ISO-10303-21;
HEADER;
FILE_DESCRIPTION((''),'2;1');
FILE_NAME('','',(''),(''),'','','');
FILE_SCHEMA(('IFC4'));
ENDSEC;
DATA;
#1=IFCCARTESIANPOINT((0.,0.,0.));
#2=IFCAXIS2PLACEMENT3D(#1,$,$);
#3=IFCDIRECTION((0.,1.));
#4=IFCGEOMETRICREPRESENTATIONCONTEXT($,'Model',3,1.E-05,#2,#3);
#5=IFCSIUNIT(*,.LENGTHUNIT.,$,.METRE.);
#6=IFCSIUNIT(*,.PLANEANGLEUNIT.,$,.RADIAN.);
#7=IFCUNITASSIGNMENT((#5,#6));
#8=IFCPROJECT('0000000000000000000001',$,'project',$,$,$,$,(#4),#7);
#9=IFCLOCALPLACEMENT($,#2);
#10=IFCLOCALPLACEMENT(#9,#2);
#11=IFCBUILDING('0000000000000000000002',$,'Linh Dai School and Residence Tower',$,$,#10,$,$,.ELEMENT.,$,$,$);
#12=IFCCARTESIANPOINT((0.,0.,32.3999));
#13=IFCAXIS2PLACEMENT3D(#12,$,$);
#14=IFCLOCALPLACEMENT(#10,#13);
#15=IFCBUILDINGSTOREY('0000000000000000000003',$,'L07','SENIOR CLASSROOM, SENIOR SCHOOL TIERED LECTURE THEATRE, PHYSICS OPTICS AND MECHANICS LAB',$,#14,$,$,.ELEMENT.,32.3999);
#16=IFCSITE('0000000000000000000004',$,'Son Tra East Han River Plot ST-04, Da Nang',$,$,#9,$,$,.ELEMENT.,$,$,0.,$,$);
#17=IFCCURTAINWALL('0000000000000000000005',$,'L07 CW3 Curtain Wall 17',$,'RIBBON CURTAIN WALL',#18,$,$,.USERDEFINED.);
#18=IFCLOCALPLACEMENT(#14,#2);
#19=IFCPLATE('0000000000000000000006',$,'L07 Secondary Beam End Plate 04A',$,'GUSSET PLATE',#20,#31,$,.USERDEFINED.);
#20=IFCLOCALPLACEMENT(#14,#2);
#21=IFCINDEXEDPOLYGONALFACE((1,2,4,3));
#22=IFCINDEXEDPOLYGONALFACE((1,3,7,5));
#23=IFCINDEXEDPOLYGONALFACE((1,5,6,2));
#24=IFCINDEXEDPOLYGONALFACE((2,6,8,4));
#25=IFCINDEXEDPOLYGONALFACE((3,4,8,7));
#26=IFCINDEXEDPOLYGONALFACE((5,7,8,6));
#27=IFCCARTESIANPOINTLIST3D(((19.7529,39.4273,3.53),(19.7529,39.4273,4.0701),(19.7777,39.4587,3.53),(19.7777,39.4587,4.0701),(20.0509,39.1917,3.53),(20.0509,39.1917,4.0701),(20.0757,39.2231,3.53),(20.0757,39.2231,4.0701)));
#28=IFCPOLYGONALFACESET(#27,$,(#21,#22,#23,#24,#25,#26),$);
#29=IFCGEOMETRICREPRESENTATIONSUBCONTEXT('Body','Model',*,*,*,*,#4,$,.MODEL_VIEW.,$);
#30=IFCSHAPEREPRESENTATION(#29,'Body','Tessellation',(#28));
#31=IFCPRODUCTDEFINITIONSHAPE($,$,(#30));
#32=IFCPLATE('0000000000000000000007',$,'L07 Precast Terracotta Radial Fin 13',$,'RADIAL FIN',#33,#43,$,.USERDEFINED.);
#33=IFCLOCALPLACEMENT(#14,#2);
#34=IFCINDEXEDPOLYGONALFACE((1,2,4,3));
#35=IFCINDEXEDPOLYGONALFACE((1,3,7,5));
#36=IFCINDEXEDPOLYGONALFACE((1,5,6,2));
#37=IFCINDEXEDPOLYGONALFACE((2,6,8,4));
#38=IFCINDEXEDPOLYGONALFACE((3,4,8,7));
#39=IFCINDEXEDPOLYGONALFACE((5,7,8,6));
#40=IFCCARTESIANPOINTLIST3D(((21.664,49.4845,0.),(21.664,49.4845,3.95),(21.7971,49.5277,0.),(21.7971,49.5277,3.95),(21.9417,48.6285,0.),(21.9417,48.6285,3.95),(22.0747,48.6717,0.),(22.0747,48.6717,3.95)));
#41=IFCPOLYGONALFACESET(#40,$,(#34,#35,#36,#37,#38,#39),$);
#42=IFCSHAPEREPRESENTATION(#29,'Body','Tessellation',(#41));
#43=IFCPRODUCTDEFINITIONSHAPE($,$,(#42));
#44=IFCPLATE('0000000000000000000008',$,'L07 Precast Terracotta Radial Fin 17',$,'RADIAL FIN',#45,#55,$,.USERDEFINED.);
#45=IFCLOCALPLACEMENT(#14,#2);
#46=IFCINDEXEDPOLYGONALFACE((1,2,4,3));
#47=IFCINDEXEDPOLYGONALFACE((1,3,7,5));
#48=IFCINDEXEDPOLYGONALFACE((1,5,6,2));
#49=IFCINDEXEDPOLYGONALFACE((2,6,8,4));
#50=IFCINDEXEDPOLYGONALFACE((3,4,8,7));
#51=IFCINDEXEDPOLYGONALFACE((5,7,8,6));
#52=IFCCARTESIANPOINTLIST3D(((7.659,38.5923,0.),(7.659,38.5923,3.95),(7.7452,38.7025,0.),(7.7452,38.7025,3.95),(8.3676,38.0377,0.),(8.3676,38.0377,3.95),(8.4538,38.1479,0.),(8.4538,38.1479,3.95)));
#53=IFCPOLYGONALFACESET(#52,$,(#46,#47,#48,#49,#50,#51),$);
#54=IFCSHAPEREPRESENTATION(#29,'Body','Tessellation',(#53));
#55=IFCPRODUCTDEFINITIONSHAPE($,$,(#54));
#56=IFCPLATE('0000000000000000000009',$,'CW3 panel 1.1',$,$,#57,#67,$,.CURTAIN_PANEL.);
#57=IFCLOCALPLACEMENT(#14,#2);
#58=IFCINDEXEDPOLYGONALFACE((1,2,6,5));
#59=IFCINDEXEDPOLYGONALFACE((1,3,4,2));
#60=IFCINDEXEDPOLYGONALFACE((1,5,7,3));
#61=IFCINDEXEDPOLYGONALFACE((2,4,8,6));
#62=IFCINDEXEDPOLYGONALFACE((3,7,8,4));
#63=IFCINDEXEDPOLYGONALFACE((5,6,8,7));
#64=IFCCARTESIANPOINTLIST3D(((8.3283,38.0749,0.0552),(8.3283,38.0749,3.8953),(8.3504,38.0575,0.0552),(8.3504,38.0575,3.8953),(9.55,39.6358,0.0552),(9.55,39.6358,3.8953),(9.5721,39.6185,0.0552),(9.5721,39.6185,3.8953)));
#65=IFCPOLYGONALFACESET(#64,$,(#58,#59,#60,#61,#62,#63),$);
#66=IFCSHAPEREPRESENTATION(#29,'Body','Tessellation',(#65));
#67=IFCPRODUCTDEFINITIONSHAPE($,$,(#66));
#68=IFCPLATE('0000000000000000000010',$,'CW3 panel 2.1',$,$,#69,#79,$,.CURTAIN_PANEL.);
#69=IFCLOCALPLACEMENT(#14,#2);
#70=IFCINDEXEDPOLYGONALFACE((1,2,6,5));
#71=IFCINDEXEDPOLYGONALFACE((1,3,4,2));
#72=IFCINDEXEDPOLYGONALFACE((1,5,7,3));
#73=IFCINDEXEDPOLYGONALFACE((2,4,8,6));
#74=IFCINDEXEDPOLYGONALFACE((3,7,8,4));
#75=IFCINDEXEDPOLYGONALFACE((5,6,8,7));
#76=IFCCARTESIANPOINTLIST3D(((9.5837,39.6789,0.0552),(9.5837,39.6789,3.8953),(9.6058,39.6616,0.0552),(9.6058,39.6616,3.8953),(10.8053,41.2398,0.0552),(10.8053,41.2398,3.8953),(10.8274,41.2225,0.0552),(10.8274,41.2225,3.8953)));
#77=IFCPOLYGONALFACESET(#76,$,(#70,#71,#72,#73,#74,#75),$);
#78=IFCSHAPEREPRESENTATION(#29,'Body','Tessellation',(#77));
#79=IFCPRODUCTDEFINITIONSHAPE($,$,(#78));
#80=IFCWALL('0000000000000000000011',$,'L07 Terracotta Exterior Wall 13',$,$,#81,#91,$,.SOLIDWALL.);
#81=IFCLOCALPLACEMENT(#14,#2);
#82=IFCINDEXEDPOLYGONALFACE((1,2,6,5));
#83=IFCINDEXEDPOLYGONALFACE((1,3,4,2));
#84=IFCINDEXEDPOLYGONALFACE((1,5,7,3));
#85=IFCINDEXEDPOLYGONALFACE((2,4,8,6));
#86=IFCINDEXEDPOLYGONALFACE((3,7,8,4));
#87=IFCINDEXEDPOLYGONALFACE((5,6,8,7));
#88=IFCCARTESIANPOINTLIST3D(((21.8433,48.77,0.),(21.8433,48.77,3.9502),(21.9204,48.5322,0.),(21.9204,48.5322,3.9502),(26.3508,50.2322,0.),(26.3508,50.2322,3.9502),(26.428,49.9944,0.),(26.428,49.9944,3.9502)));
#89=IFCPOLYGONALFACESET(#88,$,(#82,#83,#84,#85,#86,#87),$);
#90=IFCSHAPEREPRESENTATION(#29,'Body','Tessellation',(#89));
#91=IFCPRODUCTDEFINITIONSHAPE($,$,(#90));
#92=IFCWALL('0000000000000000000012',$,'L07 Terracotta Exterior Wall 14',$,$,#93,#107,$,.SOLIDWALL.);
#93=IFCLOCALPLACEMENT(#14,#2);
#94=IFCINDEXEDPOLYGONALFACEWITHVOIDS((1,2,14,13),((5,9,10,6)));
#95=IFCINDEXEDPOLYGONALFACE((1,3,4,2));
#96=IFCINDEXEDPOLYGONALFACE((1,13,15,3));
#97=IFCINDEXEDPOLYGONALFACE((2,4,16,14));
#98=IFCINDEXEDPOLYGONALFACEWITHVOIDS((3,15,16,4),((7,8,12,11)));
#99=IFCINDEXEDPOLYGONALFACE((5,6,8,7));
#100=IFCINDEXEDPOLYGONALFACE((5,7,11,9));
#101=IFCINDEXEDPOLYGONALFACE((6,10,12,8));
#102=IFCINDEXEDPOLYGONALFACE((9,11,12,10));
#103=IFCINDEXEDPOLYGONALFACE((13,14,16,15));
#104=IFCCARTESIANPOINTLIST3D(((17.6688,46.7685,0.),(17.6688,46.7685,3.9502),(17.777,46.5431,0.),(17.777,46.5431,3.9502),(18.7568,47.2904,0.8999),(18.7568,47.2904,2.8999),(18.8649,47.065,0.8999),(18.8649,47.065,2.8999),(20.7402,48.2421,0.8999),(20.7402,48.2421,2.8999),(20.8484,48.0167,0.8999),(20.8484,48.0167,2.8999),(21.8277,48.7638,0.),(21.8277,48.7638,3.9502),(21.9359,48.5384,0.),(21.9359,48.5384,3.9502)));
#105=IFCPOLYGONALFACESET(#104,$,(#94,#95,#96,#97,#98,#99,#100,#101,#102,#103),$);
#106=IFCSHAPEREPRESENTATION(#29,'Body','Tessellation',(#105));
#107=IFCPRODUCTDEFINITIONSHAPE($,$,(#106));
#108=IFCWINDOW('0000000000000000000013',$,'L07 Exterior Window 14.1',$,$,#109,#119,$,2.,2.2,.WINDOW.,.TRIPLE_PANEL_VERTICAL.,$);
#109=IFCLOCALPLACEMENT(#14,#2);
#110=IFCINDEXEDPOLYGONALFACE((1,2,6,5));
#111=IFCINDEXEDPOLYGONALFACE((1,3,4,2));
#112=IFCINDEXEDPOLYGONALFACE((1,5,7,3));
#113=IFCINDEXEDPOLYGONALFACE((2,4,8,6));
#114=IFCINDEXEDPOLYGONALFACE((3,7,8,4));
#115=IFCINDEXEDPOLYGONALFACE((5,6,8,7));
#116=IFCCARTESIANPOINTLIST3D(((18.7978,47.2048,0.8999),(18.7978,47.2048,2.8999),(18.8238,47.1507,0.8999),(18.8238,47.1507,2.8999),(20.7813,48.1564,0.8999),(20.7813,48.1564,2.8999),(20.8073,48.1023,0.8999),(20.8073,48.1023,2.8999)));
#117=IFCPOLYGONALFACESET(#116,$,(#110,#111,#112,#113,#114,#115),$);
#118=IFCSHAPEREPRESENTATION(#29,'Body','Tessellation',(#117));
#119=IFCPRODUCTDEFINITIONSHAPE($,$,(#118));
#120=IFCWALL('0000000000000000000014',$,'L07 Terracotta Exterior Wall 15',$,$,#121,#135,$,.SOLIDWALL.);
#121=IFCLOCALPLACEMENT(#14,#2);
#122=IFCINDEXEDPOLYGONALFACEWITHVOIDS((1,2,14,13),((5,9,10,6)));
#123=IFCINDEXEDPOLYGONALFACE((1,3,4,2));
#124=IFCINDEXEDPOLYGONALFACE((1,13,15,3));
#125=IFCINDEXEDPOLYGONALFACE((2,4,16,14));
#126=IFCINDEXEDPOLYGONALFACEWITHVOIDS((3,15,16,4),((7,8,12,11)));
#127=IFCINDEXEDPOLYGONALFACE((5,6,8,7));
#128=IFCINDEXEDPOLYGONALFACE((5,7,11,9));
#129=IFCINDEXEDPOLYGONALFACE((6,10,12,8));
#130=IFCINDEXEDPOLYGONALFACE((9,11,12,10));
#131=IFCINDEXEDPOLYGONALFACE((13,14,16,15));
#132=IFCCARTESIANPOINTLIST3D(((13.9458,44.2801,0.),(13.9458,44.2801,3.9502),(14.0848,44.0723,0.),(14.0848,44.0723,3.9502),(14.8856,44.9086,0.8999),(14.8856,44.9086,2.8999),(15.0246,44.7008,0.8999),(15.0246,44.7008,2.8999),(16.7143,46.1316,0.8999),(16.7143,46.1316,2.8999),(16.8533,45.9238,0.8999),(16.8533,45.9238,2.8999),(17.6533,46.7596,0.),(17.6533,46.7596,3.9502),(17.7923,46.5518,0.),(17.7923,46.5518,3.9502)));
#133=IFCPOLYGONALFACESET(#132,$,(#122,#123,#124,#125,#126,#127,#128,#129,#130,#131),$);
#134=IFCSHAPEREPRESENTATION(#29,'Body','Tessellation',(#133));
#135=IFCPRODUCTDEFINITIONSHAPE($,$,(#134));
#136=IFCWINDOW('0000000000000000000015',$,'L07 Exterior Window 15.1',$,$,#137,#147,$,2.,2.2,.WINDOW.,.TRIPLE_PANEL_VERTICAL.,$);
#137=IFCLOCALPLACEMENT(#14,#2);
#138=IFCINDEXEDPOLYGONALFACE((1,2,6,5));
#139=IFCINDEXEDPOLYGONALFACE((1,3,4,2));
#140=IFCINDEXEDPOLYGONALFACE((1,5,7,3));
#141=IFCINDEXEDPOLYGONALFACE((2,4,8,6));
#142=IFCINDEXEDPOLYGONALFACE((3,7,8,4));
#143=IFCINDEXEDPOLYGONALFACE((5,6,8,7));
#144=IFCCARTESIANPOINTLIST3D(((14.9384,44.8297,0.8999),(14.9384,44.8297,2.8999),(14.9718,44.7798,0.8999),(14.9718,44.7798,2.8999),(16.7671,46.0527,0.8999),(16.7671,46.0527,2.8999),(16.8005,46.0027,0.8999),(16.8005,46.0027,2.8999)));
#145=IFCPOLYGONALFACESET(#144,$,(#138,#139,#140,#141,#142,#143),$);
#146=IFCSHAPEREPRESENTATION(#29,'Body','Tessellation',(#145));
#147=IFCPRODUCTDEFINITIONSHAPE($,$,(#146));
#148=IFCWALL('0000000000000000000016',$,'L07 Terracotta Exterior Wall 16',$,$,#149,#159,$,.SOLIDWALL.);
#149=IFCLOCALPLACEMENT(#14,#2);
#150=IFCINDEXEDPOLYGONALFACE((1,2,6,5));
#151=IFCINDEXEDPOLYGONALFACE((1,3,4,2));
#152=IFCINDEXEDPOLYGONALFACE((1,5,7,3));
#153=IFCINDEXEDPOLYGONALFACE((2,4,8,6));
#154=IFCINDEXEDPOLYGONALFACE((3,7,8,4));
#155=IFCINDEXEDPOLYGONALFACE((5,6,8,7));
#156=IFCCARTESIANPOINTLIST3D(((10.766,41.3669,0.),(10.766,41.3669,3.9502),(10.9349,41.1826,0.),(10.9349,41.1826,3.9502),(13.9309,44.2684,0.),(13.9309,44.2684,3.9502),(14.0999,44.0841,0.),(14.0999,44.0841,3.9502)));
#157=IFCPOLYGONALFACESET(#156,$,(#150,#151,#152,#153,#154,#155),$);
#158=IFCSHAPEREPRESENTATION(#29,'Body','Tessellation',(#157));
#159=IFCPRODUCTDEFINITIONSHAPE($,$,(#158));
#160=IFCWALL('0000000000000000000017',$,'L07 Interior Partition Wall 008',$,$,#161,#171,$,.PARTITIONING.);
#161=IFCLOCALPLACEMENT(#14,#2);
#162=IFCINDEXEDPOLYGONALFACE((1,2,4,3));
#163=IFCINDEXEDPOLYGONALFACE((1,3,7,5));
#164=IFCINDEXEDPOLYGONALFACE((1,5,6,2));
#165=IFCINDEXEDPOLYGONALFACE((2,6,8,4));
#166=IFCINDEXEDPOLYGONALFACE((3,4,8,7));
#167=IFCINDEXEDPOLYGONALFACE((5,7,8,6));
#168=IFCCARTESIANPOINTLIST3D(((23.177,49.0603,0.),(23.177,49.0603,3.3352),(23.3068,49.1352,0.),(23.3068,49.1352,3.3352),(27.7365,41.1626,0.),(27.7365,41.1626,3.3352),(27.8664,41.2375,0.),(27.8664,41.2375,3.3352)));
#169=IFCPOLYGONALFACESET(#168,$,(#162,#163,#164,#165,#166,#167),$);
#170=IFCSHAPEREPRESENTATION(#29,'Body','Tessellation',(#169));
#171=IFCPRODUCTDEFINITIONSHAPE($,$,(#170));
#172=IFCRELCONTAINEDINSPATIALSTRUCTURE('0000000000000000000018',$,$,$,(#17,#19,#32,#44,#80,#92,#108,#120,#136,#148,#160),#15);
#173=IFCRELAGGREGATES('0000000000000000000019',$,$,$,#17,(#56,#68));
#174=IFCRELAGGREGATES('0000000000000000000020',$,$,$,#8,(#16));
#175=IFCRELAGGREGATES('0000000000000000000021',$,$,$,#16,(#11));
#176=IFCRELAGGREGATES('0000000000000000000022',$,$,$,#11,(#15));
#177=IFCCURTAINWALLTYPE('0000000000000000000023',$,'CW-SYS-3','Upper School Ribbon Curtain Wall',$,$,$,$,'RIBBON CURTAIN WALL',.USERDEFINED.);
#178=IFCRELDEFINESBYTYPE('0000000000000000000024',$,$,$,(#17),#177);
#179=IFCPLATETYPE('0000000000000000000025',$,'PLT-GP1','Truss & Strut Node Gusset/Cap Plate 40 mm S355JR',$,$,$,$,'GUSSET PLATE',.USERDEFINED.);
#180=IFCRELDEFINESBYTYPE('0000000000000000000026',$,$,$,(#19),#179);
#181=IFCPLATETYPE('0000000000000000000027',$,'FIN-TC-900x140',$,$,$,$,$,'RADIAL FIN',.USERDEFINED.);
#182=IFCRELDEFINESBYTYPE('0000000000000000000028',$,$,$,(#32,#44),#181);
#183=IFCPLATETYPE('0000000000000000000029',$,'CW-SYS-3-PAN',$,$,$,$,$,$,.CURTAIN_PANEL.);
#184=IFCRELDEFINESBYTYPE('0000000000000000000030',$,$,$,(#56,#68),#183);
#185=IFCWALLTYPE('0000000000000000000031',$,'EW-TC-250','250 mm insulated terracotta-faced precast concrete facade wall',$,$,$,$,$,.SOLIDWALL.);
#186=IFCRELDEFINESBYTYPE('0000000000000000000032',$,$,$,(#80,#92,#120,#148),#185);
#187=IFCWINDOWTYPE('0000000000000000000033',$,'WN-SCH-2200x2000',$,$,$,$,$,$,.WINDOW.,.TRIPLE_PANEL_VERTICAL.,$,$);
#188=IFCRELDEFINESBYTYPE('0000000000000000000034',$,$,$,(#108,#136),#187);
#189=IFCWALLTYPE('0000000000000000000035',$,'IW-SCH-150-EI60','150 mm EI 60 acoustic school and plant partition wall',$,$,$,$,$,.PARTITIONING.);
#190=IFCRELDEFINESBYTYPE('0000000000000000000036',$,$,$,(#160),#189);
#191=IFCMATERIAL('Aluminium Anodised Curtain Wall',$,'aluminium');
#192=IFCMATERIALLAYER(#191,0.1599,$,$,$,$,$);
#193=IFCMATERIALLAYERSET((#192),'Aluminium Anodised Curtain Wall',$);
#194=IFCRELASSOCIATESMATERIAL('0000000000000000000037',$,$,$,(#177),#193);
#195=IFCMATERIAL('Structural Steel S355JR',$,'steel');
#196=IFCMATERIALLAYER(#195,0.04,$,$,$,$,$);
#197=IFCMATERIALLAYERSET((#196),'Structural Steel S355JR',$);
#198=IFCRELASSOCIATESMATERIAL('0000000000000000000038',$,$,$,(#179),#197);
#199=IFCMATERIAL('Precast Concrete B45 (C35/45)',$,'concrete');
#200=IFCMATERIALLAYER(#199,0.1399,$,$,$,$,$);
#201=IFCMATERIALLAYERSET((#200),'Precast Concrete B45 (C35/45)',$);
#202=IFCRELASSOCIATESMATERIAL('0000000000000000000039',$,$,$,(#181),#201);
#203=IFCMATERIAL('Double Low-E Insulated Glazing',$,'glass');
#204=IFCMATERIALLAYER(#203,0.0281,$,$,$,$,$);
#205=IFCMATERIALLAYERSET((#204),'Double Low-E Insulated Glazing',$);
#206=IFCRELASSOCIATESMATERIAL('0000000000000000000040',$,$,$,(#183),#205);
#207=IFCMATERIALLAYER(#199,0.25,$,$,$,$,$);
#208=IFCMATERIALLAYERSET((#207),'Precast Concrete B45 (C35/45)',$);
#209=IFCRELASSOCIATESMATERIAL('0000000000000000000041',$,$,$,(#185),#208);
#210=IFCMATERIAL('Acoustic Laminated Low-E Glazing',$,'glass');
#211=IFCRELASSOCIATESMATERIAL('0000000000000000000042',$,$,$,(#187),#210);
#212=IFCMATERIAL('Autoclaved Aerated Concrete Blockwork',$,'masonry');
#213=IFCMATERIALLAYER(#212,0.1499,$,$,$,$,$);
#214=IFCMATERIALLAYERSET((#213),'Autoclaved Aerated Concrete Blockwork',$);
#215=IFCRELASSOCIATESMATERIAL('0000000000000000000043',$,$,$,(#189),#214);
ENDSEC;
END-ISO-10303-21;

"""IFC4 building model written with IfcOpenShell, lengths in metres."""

from ifc_helpers import new_model, si_unit, direction, frame, frame_2d, origin, origin_2d, place, context, subcontext, project, spatial, rectangle, extrude, source, transform, mapped, material, layer, layer_set, type_object, element, fill, aggregate, save


model = new_model("IFC4")

# Units and contexts
model_context = context("Model", 3, precision=1e-05, world=origin(), true_north=direction((0.0, 1.0)))
body_context = subcontext(model_context, "Body", "Model", "MODEL_VIEW")
ifc_project = project(units=[si_unit("LENGTHUNIT", "METRE"), si_unit("PLANEANGLEUNIT", "RADIAN")], contexts=[model_context])

# Site, building, storey
site_placement = place(None, origin())
site = spatial("IfcSite", under=ifc_project, at=site_placement, Name="Son Tra East Han River Plot ST-04, Da Nang", CompositionType="ELEMENT", RefElevation=0.0)
building_placement = place(site_placement, origin())
building = spatial("IfcBuilding", under=site, at=building_placement, Name="Linh Dai School and Residence Tower", CompositionType="ELEMENT")
storey_placement = place(building_placement, frame((0.0, 0.0, 32.3999)))
storey = spatial("IfcBuildingStorey", under=building, at=storey_placement, Name="L07", Description="SENIOR CLASSROOM, SENIOR SCHOOL TIERED LECTURE THEATRE, PHYSICS OPTICS AND MECHANICS LAB", CompositionType="ELEMENT", Elevation=32.3999)

# Shared definitions
ifc_material_1 = material(Name="Structural Steel S355JR", Category="steel")

# Curtain wall
ifc_material_2 = material(Name="Aluminium Anodised Curtain Wall", Category="aluminium")
ifc_layer_1 = layer(ifc_material_2, 0.1599)
ifc_layer_set_1 = layer_set([ifc_layer_1], Name="Aluminium Anodised Curtain Wall")
curtain_wall_type = type_object("IfcCurtainWallType", Name="CW-SYS-3", Description="Upper School Ribbon Curtain Wall", ElementType="RIBBON CURTAIN WALL", PredefinedType="USERDEFINED", material=ifc_layer_set_1)
curtain_wall_placement = place(storey_placement, origin())
curtain_wall = element("IfcCurtainWall", 1, at=curtain_wall_placement, inside=storey, type_object=curtain_wall_type, Name="L07 CW3 Curtain Wall 17", ObjectType="RIBBON CURTAIN WALL", PredefinedType="USERDEFINED")

# Plates
ifc_layer_2 = layer(ifc_material_1, 0.04)
ifc_layer_set_2 = layer_set([ifc_layer_2], Name="Structural Steel S355JR")
plate_type_1 = type_object("IfcPlateType", Name="PLT-GP1", Description="Truss & Strut Node Gusset/Cap Plate 40 mm S355JR", ElementType="GUSSET PLATE", PredefinedType="USERDEFINED", material=ifc_layer_set_2)
shared_shape_1 = source(origin(), body_context, "Body", "SweptSolid", [
    extrude(rectangle(XDim=0.04, YDim=0.3799, at=origin_2d()), origin(), (0.0, 0.0, 1.0), 0.54),
])
plate_1_placement = place(storey_placement, frame((19.9143, 39.3252, 3.53), z_axis=(0.0, 0.0, 1.0), x_axis=(-0.620178, -0.784461, 0.0)))
element("IfcPlate", 2, at=plate_1_placement, inside=storey, type_object=plate_type_1, Name="L07 Secondary Beam End Plate 04A", ObjectType="GUSSET PLATE", PredefinedType="USERDEFINED", context=body_context, shape_type="MappedRepresentation", body=[
    mapped(shared_shape_1, transform((0.0, 0.0, 0.0), x_axis=(1.0, 0.0, 0.0), y_axis=(0.0, 1.0, 0.0), z_axis=(0.0, 0.0, 1.0), scale=1.0)),
])
ifc_material_3 = material(Name="Precast Concrete B45 (C35/45)", Category="concrete")
ifc_layer_3 = layer(ifc_material_3, 0.1399)
ifc_layer_set_3 = layer_set([ifc_layer_3], Name="Precast Concrete B45 (C35/45)")
plate_type_2 = type_object("IfcPlateType", Name="FIN-TC-900x140", ElementType="RADIAL FIN", PredefinedType="USERDEFINED", material=ifc_layer_set_3)
shared_shape_2 = source(origin(), body_context, "Body", "SweptSolid", [
    extrude(rectangle(XDim=0.8999, YDim=0.1399, at=origin_2d()), origin(), (0.0, 0.0, 1.0), 3.95),
])
for number, where, z_axis, x_axis, name in (
    (3, (21.8694, 49.0781, 0.0), (0.0, 0.0, 1.0), (-0.308511, 0.951221, 0.0), "L07 Precast Terracotta Radial Fin 13"),
    (4, (8.0564, 38.3701, 0.0), (0.0, 0.0, 1.0), (-0.787496, 0.616319, 0.0), "L07 Precast Terracotta Radial Fin 17"),
):
    element("IfcPlate", number, at=place(storey_placement, frame(where, z_axis=z_axis, x_axis=x_axis)), inside=storey, type_object=plate_type_2, Name=name, ObjectType="RADIAL FIN", PredefinedType="USERDEFINED", context=body_context, shape_type="MappedRepresentation", body=[
        mapped(shared_shape_2, transform((0.0, 0.0, 0.0), x_axis=(1.0, 0.0, 0.0), y_axis=(0.0, 1.0, 0.0), z_axis=(0.0, 0.0, 1.0), scale=1.0)),
    ])

# Plates
ifc_material_4 = material(Name="Double Low-E Insulated Glazing", Category="glass")
ifc_layer_4 = layer(ifc_material_4, 0.0281)
ifc_layer_set_4 = layer_set([ifc_layer_4], Name="Double Low-E Insulated Glazing")
plate_type_3 = type_object("IfcPlateType", Name="CW-SYS-3-PAN", PredefinedType="CURTAIN_PANEL", material=ifc_layer_set_4)
shared_shape_3 = source(origin(), body_context, "Body", "SweptSolid", [
    extrude(rectangle(XDim=1.9822, YDim=0.0281, at=origin_2d()), origin(), (0.0, 0.0, 1.0), 3.8401),
])
plate_2_placement = place(storey_placement, frame((8.9502, 38.8467, 0.0552), z_axis=(0.0, 0.0, 1.0), x_axis=(0.616319, 0.787496, 0.0)))
plate_2 = element("IfcPlate", 5, at=plate_2_placement, type_object=plate_type_3, Name="CW3 panel 1.1", PredefinedType="CURTAIN_PANEL", context=body_context, shape_type="MappedRepresentation", body=[
    mapped(shared_shape_3, transform((0.0, 0.0, 0.0), x_axis=(1.0, 0.0, 0.0), y_axis=(0.0, 1.0, 0.0), z_axis=(0.0, 0.0, 1.0), scale=1.0)),
])
plate_3_placement = place(storey_placement, frame((10.2056, 40.4507, 0.0552), z_axis=(0.0, 0.0, 1.0), x_axis=(0.616319, 0.787496, 0.0)))
plate_3 = element("IfcPlate", 6, at=plate_3_placement, type_object=plate_type_3, Name="CW3 panel 2.1", PredefinedType="CURTAIN_PANEL", context=body_context, shape_type="MappedRepresentation", body=[
    mapped(shared_shape_3, transform((0.0, 0.0, 0.0), x_axis=(1.0, 0.0, 0.0), y_axis=(0.0, 1.0, 0.0), z_axis=(0.0, 0.0, 1.0), scale=1.0)),
])
aggregate(curtain_wall, [plate_2, plate_3])

# Wall
ifc_layer_5 = layer(ifc_material_3, 0.25)
ifc_layer_set_5 = layer_set([ifc_layer_5], Name="Precast Concrete B45 (C35/45)")
wall_type_1 = type_object("IfcWallType", Name="EW-TC-250", Description="250 mm insulated terracotta-faced precast concrete facade wall", PredefinedType="SOLIDWALL", material=ifc_layer_set_5)
wall_1_placement = place(storey_placement, frame((21.8818, 48.6511, 0.0), z_axis=(0.0, 0.0, 1.0), x_axis=(0.951208, 0.308551, 0.0)))
element("IfcWall", 7, at=wall_1_placement, inside=storey, type_object=wall_type_1, Name="L07 Terracotta Exterior Wall 13", PredefinedType="SOLIDWALL", context=body_context, shape_type="SweptSolid", body=[
    extrude(rectangle(XDim=4.7388, YDim=0.25, at=frame_2d((2.3694, 0.0))), origin(), (0.0, 0.0, 1.0), 3.9502),
])

# Walls, openings, windows
wall_2_placement = place(storey_placement, frame((17.7229, 46.6558, 0.0), z_axis=(0.0, 0.0, 1.0), x_axis=(0.901602, 0.432568, 0.0)))
wall_2 = element("IfcWall", 8, at=wall_2_placement, inside=storey, type_object=wall_type_1, Name="L07 Terracotta Exterior Wall 14", PredefinedType="SOLIDWALL", context=body_context, shape_type="SweptSolid", body=[
    extrude(rectangle(XDim=4.6128, YDim=0.25, at=frame_2d((2.3064, 0.0))), origin(), (0.0, 0.0, 1.0), 3.9502),
])
opening_1_placement = place(wall_2_placement, frame((1.2065, 0.0, 0.8999)))
opening_1 = element("IfcOpeningElement", 9, at=opening_1_placement, cuts=wall_2, PredefinedType="OPENING", context=body_context, shape_type="SweptSolid", body=[
    extrude(rectangle(XDim=2.2, YDim=2.0, at=origin_2d()), frame((1.1001, 0.135, 1.0), z_axis=(0.0, -1.0, 0.0), x_axis=(1.0, 0.0, 0.0)), (0.0, 0.0, 1.0), 0.27),
])
ifc_material_5 = material(Name="Acoustic Laminated Low-E Glazing", Category="glass")
window_type = type_object("IfcWindowType", Name="WN-SCH-2200x2000", PartitioningType="TRIPLE_PANEL_VERTICAL", PredefinedType="WINDOW", material=ifc_material_5)
shared_shape_4 = source(origin(), body_context, "Body", "SweptSolid", [
    extrude(rectangle(XDim=2.2, YDim=2.0, at=origin_2d()), frame((1.1001, 0.03, 1.0), z_axis=(0.0, -1.0, 0.0), x_axis=(1.0, 0.0, 0.0)), (0.0, 0.0, 1.0), 0.0601),
])
window_1_placement = place(opening_1_placement, origin())
window_1 = element("IfcWindow", 10, at=window_1_placement, inside=storey, type_object=window_type, Name="L07 Exterior Window 14.1", OverallHeight=2.0, OverallWidth=2.2, PartitioningType="TRIPLE_PANEL_VERTICAL", PredefinedType="WINDOW", context=body_context, shape_type="MappedRepresentation", body=[
    mapped(shared_shape_4, transform((0.0, 0.0, 0.0), x_axis=(1.0, 0.0, 0.0), y_axis=(0.0, 1.0, 0.0), z_axis=(0.0, 0.0, 1.0), scale=1.0)),
])
fill(opening_1, window_1)
wall_3_placement = place(storey_placement, frame((14.0154, 44.1763, 0.0), z_axis=(0.0, 0.0, 1.0), x_axis=(0.831241, 0.555912, 0.0)))
wall_3 = element("IfcWall", 11, at=wall_3_placement, inside=storey, type_object=wall_type_1, Name="L07 Terracotta Exterior Wall 15", PredefinedType="SOLIDWALL", context=body_context, shape_type="SweptSolid", body=[
    extrude(rectangle(XDim=4.4602, YDim=0.25, at=frame_2d((2.23, 0.0))), origin(), (0.0, 0.0, 1.0), 3.9502),
])
opening_2_placement = place(wall_3_placement, frame((1.1304, 0.0, 0.8999)))
opening_2 = element("IfcOpeningElement", 12, at=opening_2_placement, cuts=wall_3, PredefinedType="OPENING", context=body_context, shape_type="SweptSolid", body=[
    extrude(rectangle(XDim=2.2, YDim=2.0, at=origin_2d()), frame((1.1001, 0.135, 1.0), z_axis=(0.0, -1.0, 0.0), x_axis=(1.0, 0.0, 0.0)), (0.0, 0.0, 1.0), 0.27),
])
window_2_placement = place(opening_2_placement, origin())
window_2 = element("IfcWindow", 13, at=window_2_placement, inside=storey, type_object=window_type, Name="L07 Exterior Window 15.1", OverallHeight=2.0, OverallWidth=2.2, PartitioningType="TRIPLE_PANEL_VERTICAL", PredefinedType="WINDOW", context=body_context, shape_type="MappedRepresentation", body=[
    mapped(shared_shape_4, transform((0.0, 0.0, 0.0), x_axis=(1.0, 0.0, 0.0), y_axis=(0.0, 1.0, 0.0), z_axis=(0.0, 0.0, 1.0), scale=1.0)),
])
fill(opening_2, window_2)

# Walls
wall_4_placement = place(storey_placement, frame((10.8503, 41.2747, 0.0), z_axis=(0.0, 0.0, 1.0), x_axis=(0.737116, 0.675766, 0.0)))
element("IfcWall", 14, at=wall_4_placement, inside=storey, type_object=wall_type_1, Name="L07 Terracotta Exterior Wall 16", PredefinedType="SOLIDWALL", context=body_context, shape_type="SweptSolid", body=[
    extrude(rectangle(XDim=4.2937, YDim=0.25, at=frame_2d((2.147, 0.0))), origin(), (0.0, 0.0, 1.0), 3.9502),
])
ifc_material_6 = material(Name="Autoclaved Aerated Concrete Blockwork", Category="masonry")
ifc_layer_6 = layer(ifc_material_6, 0.1499)
ifc_layer_set_6 = layer_set([ifc_layer_6], Name="Autoclaved Aerated Concrete Blockwork")
wall_type_2 = type_object("IfcWallType", Name="IW-SCH-150-EI60", Description="150 mm EI 60 acoustic school and plant partition wall", PredefinedType="PARTITIONING", material=ifc_layer_set_6)
wall_5_placement = place(storey_placement, frame((23.2419, 49.0977, 0.0), z_axis=(0.0, 0.0, 1.0), x_axis=(0.499986, -0.866034, 0.0)))
element("IfcWall", 15, at=wall_5_placement, inside=storey, type_object=wall_type_2, Name="L07 Interior Partition Wall 008", PredefinedType="PARTITIONING", context=body_context, shape_type="SweptSolid", body=[
    extrude(rectangle(XDim=9.1194, YDim=0.1499, at=frame_2d((4.5596, 0.0))), origin(), (0.0, 0.0, 1.0), 3.3352),
])

save(model, "model.ifc")
